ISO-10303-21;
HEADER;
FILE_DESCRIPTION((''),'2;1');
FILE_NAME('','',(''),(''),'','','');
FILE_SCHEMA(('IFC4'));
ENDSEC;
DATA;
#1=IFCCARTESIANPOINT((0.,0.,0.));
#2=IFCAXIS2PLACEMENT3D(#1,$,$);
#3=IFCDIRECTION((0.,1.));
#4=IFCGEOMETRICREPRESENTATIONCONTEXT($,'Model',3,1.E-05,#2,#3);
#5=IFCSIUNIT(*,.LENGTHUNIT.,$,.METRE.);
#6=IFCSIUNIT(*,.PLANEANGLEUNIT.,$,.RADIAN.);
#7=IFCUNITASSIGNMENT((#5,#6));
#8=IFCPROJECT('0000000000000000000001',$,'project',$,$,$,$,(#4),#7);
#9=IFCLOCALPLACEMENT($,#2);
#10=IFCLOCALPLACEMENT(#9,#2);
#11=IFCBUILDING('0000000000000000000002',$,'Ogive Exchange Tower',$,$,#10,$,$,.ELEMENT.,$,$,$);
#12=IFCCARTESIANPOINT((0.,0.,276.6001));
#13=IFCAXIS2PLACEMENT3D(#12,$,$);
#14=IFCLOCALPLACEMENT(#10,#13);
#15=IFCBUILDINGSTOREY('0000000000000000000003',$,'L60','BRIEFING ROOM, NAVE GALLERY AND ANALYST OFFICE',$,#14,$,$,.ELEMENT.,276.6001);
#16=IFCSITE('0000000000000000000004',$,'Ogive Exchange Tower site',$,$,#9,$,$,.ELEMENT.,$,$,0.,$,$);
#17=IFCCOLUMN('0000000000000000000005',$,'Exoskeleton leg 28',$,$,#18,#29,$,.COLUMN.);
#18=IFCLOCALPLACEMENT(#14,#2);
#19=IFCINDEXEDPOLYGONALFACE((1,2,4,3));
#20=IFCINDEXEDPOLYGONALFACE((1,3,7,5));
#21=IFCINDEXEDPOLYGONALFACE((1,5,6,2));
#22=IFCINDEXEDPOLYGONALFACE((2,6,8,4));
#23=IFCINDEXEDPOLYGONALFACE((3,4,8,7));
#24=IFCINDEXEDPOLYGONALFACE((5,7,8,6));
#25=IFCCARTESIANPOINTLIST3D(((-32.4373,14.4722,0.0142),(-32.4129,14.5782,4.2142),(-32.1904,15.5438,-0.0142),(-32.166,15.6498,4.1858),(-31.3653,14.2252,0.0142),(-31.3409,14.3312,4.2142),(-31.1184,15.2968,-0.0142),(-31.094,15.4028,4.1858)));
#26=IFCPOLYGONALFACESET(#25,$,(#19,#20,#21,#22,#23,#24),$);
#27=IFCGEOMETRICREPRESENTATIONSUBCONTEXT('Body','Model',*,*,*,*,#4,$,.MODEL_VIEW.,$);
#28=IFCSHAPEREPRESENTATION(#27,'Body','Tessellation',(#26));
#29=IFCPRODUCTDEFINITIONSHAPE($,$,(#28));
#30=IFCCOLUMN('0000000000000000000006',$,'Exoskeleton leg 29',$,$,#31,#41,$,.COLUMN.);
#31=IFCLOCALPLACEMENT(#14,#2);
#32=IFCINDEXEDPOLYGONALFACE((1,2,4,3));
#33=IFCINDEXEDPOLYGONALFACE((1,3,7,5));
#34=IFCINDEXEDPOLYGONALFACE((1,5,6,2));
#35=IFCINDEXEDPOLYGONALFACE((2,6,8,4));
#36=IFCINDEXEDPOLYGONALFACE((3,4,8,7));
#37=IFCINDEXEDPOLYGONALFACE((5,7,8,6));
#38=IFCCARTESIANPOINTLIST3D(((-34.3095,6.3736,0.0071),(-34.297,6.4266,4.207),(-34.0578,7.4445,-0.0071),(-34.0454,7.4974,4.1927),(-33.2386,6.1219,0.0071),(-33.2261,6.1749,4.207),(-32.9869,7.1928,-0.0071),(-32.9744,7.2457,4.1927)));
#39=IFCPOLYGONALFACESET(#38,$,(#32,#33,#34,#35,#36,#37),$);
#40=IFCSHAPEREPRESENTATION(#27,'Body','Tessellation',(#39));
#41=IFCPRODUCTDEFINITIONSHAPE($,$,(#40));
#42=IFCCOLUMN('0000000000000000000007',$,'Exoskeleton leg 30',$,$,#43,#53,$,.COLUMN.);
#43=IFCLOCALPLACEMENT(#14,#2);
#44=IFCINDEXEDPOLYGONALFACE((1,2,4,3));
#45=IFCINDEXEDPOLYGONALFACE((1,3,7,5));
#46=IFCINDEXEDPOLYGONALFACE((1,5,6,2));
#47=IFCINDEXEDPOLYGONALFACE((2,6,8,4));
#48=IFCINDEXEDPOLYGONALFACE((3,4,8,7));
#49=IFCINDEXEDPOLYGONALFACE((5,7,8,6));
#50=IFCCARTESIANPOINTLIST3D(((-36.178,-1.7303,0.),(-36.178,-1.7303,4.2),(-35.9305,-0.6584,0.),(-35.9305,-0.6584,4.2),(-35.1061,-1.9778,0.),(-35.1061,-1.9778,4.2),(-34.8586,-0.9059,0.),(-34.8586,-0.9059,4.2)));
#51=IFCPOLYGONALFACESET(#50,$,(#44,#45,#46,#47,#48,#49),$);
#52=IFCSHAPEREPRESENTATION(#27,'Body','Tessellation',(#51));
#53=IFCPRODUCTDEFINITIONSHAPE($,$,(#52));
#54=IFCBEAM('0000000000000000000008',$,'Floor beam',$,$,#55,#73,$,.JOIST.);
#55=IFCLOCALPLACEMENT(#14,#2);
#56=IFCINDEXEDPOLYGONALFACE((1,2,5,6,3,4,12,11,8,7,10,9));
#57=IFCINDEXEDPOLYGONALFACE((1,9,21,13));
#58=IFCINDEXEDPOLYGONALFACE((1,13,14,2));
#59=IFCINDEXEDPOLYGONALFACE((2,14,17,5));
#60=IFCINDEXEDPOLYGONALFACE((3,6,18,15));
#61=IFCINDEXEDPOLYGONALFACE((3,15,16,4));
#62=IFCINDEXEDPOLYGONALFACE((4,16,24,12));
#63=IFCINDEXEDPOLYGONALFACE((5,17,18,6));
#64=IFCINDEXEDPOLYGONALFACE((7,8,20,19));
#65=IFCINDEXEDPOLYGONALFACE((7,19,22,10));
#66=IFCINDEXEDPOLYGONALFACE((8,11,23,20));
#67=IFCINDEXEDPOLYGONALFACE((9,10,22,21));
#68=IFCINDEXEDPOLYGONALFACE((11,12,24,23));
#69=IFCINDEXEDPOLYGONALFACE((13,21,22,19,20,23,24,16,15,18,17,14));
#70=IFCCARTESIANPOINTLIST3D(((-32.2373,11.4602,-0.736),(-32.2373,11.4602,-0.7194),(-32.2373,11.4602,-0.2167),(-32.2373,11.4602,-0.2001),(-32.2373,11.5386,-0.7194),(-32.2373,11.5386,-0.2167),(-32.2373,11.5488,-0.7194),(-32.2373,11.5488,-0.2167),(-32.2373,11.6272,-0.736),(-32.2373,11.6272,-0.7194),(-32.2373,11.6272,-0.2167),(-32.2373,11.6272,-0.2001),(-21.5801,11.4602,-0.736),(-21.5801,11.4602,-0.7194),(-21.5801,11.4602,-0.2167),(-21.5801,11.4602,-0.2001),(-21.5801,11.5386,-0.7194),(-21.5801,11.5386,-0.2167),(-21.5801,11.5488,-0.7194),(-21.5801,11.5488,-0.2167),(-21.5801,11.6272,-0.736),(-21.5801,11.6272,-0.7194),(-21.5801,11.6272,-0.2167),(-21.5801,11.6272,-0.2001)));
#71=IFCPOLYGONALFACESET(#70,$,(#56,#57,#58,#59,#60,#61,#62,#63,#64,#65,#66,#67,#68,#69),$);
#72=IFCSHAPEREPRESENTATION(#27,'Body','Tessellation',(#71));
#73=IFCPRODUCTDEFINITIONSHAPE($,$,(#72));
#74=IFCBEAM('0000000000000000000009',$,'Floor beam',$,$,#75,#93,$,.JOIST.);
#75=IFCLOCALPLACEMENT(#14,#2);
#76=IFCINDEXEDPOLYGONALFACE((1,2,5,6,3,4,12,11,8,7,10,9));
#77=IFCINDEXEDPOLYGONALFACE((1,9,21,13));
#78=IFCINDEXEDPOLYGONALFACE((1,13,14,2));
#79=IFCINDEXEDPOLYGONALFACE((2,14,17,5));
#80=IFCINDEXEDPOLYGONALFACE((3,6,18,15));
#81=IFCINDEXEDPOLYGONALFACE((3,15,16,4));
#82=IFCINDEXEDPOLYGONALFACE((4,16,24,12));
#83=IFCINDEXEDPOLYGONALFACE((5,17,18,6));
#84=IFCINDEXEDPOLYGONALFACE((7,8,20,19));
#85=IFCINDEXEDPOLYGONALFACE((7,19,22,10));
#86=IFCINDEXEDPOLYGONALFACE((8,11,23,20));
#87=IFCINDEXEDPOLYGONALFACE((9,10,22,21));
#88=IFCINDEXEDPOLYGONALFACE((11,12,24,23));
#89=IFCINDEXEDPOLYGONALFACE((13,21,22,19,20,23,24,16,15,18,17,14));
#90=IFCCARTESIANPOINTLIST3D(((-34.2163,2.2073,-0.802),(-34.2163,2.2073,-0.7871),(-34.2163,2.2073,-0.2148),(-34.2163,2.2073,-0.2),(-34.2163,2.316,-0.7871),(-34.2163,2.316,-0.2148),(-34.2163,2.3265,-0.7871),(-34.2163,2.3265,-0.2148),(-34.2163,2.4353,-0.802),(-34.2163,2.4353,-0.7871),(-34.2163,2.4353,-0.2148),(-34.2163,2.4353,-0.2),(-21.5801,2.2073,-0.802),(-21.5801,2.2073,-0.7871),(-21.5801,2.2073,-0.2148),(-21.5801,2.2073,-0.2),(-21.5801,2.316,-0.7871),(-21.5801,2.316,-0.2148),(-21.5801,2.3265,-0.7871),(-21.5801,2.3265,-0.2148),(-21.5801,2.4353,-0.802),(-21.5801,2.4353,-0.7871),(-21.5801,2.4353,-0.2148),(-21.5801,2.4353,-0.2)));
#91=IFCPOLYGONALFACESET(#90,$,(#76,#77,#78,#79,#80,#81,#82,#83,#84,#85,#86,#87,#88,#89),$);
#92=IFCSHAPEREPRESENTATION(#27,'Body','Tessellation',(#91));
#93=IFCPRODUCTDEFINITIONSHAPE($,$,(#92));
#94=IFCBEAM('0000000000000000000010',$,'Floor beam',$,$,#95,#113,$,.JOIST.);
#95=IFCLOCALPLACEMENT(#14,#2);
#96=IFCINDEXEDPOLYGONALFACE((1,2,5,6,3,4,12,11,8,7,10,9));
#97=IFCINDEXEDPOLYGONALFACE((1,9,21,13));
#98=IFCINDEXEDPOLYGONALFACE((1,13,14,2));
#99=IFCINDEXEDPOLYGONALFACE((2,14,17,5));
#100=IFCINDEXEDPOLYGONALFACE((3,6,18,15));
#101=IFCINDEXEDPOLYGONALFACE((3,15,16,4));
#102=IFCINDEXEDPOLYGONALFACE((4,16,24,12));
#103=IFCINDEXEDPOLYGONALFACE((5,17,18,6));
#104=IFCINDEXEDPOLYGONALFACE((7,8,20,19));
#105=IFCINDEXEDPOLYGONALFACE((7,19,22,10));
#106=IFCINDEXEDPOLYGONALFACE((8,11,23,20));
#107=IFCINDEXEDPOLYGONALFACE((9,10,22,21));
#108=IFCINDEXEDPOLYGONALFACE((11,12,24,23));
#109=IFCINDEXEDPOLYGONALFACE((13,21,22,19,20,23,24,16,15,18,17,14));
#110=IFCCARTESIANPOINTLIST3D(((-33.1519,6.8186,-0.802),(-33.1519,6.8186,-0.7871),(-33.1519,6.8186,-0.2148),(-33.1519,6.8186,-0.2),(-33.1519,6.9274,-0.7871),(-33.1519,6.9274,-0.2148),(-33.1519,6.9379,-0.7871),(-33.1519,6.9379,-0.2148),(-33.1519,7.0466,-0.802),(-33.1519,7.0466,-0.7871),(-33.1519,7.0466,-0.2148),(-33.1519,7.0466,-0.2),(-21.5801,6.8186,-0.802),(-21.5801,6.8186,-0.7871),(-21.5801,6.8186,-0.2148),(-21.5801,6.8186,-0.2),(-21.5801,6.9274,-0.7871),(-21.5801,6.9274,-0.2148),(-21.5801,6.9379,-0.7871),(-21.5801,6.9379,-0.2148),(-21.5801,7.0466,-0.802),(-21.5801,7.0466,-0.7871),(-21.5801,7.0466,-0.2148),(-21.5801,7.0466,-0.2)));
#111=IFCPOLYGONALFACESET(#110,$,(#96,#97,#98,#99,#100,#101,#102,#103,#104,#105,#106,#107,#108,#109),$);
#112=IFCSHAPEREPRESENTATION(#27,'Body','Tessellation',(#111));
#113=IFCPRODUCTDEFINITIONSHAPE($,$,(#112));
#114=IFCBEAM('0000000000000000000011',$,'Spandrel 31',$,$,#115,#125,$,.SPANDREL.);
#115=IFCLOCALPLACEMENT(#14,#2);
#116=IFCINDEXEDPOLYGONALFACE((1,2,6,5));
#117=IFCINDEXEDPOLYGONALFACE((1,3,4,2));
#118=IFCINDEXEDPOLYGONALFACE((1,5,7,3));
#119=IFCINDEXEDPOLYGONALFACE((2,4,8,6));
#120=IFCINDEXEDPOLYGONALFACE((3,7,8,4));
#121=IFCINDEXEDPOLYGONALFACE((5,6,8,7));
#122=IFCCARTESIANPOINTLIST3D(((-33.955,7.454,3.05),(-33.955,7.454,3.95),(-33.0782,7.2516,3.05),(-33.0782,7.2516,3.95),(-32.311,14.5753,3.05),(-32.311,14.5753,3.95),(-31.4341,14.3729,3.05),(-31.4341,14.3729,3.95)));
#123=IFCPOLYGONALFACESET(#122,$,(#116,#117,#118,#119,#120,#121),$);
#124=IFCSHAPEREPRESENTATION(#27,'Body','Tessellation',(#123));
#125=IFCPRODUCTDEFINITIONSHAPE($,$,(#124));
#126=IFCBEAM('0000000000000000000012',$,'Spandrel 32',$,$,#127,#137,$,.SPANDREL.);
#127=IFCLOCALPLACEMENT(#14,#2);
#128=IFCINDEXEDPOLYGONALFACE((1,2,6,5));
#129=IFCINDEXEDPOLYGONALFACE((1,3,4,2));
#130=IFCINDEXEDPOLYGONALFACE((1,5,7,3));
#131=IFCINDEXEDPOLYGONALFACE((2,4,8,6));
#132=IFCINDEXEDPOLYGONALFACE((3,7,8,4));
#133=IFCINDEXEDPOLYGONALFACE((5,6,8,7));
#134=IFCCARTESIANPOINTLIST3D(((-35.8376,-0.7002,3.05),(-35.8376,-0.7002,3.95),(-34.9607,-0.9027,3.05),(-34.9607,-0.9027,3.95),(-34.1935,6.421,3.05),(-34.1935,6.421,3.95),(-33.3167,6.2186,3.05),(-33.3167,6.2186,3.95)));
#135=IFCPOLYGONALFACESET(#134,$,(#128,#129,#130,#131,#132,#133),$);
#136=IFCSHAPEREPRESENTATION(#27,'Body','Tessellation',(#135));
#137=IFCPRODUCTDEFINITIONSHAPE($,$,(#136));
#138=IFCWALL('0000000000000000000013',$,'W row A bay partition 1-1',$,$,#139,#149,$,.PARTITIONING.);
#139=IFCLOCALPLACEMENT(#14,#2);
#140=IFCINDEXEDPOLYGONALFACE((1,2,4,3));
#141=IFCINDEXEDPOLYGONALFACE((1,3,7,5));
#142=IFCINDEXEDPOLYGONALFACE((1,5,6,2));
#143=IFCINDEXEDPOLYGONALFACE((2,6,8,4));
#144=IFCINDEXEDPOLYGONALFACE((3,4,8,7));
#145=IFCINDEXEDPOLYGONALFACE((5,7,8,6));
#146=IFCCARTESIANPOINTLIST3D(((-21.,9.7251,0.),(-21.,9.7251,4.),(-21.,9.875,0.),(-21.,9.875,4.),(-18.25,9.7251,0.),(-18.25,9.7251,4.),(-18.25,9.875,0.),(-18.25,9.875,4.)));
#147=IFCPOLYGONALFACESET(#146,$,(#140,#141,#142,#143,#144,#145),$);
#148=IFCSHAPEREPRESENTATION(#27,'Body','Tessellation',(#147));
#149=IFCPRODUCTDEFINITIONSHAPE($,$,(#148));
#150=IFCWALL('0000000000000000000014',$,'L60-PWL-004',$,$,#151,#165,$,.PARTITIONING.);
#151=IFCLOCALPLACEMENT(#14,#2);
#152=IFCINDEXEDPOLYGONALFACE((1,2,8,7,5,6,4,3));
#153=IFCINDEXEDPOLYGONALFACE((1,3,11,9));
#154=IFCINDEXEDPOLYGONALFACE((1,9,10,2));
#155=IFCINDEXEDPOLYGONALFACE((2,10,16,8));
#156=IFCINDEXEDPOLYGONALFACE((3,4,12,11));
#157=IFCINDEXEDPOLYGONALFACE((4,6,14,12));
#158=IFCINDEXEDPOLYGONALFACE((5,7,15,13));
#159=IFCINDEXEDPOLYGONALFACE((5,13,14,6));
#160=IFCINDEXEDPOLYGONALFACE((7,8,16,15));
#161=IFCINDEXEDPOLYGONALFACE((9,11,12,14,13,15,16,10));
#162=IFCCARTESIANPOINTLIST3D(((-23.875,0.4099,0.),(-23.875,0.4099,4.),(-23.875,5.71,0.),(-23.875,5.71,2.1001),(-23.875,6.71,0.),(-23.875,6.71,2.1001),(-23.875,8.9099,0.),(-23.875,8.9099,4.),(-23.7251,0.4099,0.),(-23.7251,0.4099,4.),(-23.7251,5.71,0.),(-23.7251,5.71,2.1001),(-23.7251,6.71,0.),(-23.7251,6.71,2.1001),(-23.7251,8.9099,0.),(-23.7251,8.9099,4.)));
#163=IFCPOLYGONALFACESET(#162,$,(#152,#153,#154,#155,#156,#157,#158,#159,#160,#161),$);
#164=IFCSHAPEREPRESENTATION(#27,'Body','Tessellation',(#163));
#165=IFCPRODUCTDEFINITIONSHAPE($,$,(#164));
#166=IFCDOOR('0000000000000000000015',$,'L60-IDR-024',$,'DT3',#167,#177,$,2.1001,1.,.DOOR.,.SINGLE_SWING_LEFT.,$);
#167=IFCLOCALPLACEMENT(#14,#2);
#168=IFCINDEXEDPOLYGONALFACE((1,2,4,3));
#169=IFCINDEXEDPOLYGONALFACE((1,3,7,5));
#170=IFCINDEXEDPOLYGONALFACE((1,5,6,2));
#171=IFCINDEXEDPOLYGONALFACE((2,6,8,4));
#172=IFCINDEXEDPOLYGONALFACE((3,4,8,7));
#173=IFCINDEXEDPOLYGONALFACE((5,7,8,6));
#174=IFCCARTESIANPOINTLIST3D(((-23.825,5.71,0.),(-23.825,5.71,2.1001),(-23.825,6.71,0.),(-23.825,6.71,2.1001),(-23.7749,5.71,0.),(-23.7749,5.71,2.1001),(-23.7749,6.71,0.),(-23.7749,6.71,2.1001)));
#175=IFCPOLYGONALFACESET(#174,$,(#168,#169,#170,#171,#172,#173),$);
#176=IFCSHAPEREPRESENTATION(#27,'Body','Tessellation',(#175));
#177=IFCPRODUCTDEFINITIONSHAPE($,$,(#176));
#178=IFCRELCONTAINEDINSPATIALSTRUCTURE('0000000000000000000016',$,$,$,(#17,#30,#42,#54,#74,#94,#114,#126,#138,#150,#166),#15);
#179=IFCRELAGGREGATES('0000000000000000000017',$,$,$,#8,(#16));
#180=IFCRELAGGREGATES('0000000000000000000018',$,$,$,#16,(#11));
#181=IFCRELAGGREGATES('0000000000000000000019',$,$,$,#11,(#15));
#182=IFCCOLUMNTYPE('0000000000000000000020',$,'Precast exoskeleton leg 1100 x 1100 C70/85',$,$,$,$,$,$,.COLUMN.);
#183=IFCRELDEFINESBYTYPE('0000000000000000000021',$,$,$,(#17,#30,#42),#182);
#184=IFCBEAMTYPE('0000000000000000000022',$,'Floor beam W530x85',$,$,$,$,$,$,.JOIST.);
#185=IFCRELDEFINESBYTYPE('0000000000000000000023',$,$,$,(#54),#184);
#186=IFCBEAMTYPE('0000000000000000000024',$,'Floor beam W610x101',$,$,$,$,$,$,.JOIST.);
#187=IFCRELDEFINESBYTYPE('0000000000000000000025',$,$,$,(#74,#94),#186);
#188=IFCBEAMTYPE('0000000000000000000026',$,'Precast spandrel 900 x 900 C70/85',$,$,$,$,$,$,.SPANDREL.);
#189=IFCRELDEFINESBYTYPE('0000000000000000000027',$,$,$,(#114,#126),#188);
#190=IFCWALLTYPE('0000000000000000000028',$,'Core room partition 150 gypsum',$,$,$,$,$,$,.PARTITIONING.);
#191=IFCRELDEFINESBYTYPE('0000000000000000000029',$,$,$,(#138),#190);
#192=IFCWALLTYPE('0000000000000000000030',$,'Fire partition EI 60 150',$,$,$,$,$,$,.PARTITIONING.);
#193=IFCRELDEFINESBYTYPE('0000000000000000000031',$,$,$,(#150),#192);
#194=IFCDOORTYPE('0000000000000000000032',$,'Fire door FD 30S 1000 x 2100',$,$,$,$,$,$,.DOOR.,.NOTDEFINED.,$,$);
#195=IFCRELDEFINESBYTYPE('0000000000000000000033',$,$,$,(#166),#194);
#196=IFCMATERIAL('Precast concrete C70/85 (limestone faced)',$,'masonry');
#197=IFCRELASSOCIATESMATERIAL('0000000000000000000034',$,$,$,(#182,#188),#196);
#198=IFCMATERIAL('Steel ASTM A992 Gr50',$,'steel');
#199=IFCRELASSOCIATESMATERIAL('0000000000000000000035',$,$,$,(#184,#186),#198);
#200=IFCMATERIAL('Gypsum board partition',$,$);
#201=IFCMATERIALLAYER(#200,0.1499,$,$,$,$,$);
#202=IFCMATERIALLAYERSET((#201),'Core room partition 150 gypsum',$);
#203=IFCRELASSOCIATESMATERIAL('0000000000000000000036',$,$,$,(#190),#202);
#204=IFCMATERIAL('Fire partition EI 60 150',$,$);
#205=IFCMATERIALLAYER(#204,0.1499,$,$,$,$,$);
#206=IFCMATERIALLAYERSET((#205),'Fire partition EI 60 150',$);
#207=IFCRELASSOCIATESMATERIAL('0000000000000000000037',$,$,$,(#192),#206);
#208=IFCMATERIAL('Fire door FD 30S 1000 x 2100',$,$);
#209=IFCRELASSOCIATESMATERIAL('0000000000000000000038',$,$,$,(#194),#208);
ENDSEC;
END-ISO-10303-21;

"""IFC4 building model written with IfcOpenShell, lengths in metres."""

from ifc_helpers import new_model, si_unit, direction, frame, frame_2d, origin, origin_2d, place, context, subcontext, project, spatial, rectangle, i_section, extrude, material, layer, layer_set, material_profile, profile_set, type_object, element, fill, save


model = new_model("IFC4")

# Units and contexts
model_context = context("Model", 3, precision=1e-05, world=origin(), true_north=direction((0.0, 1.0)))
body_context = subcontext(model_context, "Body", "Model", "MODEL_VIEW")
ifc_project = project(units=[si_unit("LENGTHUNIT", "METRE"), si_unit("PLANEANGLEUNIT", "RADIAN")], contexts=[model_context])

# Site, building, storey
site_placement = place(None, origin())
site = spatial("IfcSite", under=ifc_project, at=site_placement, Name="Ogive Exchange Tower site", CompositionType="ELEMENT", RefElevation=0.0)
building_placement = place(site_placement, origin())
building = spatial("IfcBuilding", under=site, at=building_placement, Name="Ogive Exchange Tower", CompositionType="ELEMENT")
storey_placement = place(building_placement, frame((0.0, 0.0, 276.6001)))
storey = spatial("IfcBuildingStorey", under=building, at=storey_placement, Name="L60", Description="BRIEFING ROOM, NAVE GALLERY AND ANALYST OFFICE", CompositionType="ELEMENT", Elevation=276.6001)

# Columns
ifc_material_1 = material(Name="Precast concrete C70/85 (limestone faced)", Category="masonry")
ifc_material_profile_1 = material_profile(ifc_material_1, rectangle(XDim=1.1001, YDim=1.1001, at=origin_2d()), Name="1100 x 1100")
ifc_profile_set_1 = profile_set([ifc_material_profile_1], Name="Precast concrete C70/85 (limestone faced)")
column_type = type_object("IfcColumnType", Name="Precast exoskeleton leg 1100 x 1100 C70/85", PredefinedType="COLUMN", material=ifc_profile_set_1)
column_1_placement = place(storey_placement, frame((-31.7778, 14.8845, 0.0), z_axis=(0.005811, 0.02522, 0.999665), x_axis=(-0.974467, 0.224532, 0.0)))
element("IfcColumn", 1, at=column_1_placement, inside=storey, type_object=column_type, Name="Exoskeleton leg 28", PredefinedType="COLUMN", context=body_context, shape_type="SweptSolid", body=[
    extrude(rectangle(XDim=1.1001, YDim=1.1001, at=origin_2d()), origin(), (0.0, 0.0, 1.0), 4.2014),
])
column_2_placement = place(storey_placement, frame((-33.6482, 6.7832, 0.0), z_axis=(0.002964, 0.012613, 0.999916), x_axis=(-0.973476, 0.228789, 0.0)))
element("IfcColumn", 2, at=column_2_placement, inside=storey, type_object=column_type, Name="Exoskeleton leg 29", PredefinedType="COLUMN", context=body_context, shape_type="SweptSolid", body=[
    extrude(rectangle(XDim=1.1001, YDim=1.1001, at=origin_2d()), origin(), (0.0, 0.0, 1.0), 4.2002),
])
column_3_placement = place(storey_placement, frame((-35.5183, -1.3181, 0.0), z_axis=(0.0, 0.0, 1.0), x_axis=(0.97437, -0.224951, 0.0)))
element("IfcColumn", 3, at=column_3_placement, inside=storey, type_object=column_type, Name="Exoskeleton leg 30", PredefinedType="COLUMN", context=body_context, shape_type="SweptSolid", body=[
    extrude(rectangle(XDim=1.1001, YDim=1.1001, at=origin_2d()), origin(), (0.0, 0.0, 1.0), 4.2),
])

# Beams
ifc_material_2 = material(Name="Steel ASTM A992 Gr50", Category="steel")
ifc_material_profile_2 = material_profile(ifc_material_2, i_section(OverallWidth=0.167, OverallDepth=0.5359, WebThickness=0.0103, FlangeThickness=0.0166, at=origin_2d()), Name="W530x85")
ifc_profile_set_2 = profile_set([ifc_material_profile_2], Name="Steel ASTM A992 Gr50")
beam_type_1 = type_object("IfcBeamType", Name="Floor beam W530x85", PredefinedType="JOIST", material=ifc_profile_set_2)
beam_1_placement = place(storey_placement, frame((-32.2373, 11.5437, -0.468), z_axis=(1.0, 0.0, 0.0), x_axis=(0.0, 1.0, 0.0)))
element("IfcBeam", 4, at=beam_1_placement, inside=storey, type_object=beam_type_1, Name="Floor beam", PredefinedType="JOIST", context=body_context, shape_type="SweptSolid", body=[
    extrude(i_section(OverallWidth=0.167, OverallDepth=0.5359, WebThickness=0.0103, FlangeThickness=0.0166, at=origin_2d()), origin(), (0.0, 0.0, 1.0), 10.6572),
])
ifc_material_profile_3 = material_profile(ifc_material_2, i_section(OverallWidth=0.228, OverallDepth=0.6021, WebThickness=0.0105, FlangeThickness=0.0149, at=origin_2d()), Name="W610x101")
ifc_profile_set_3 = profile_set([ifc_material_profile_3], Name="Steel ASTM A992 Gr50")
beam_type_2 = type_object("IfcBeamType", Name="Floor beam W610x101", PredefinedType="JOIST", material=ifc_profile_set_3)
beam_2_placement = place(storey_placement, frame((-34.2163, 2.3213, -0.501), z_axis=(1.0, 0.0, 0.0), x_axis=(0.0, 1.0, 0.0)))
element("IfcBeam", 5, at=beam_2_placement, inside=storey, type_object=beam_type_2, Name="Floor beam", PredefinedType="JOIST", context=body_context, shape_type="SweptSolid", body=[
    extrude(i_section(OverallWidth=0.228, OverallDepth=0.6021, WebThickness=0.0105, FlangeThickness=0.0149, at=origin_2d()), origin(), (0.0, 0.0, 1.0), 12.6362),
])
beam_3_placement = place(storey_placement, frame((-33.1519, 6.9326, -0.501), z_axis=(1.0, 0.0, 0.0), x_axis=(0.0, 1.0, 0.0)))
element("IfcBeam", 6, at=beam_3_placement, inside=storey, type_object=beam_type_2, Name="Floor beam", PredefinedType="JOIST", context=body_context, shape_type="SweptSolid", body=[
    extrude(i_section(OverallWidth=0.228, OverallDepth=0.6021, WebThickness=0.0105, FlangeThickness=0.0149, at=origin_2d()), origin(), (0.0, 0.0, 1.0), 11.5718),
])
ifc_material_profile_4 = material_profile(ifc_material_1, rectangle(XDim=0.8999, YDim=0.8999, at=origin_2d()), Name="900 x 900")
ifc_profile_set_4 = profile_set([ifc_material_profile_4], Name="Precast concrete C70/85 (limestone faced)")
beam_type_3 = type_object("IfcBeamType", Name="Precast spandrel 900 x 900 C70/85", PredefinedType="SPANDREL", material=ifc_profile_set_4)
for number, where, z_axis, x_axis, name in (
    (7, (-31.8726, 14.4741, 3.5), (-0.224945, -0.974371, 0.0), (0.974371, -0.224945, 0.0), "Spandrel 31"),
    (8, (-33.7551, 6.3198, 3.5), (-0.224945, -0.974371, 0.0), (0.974371, -0.224945, 0.0), "Spandrel 32"),
):
    element("IfcBeam", number, at=place(storey_placement, frame(where, z_axis=z_axis, x_axis=x_axis)), inside=storey, type_object=beam_type_3, Name=name, PredefinedType="SPANDREL", context=body_context, shape_type="SweptSolid", body=[
        extrude(rectangle(XDim=0.8999, YDim=0.8999, at=origin_2d()), origin(), (0.0, 0.0, 1.0), 7.3086),
    ])

# Wall
ifc_material_3 = material(Name="Gypsum board partition")
ifc_layer_1 = layer(ifc_material_3, 0.1499)
ifc_layer_set_1 = layer_set([ifc_layer_1], Name="Core room partition 150 gypsum")
wall_type_1 = type_object("IfcWallType", Name="Core room partition 150 gypsum", PredefinedType="PARTITIONING", material=ifc_layer_set_1)
wall_1_placement = place(storey_placement, frame((-21.0, 9.8, 0.0), z_axis=(0.0, 0.0, 1.0), x_axis=(1.0, 0.0, 0.0)))
element("IfcWall", 9, at=wall_1_placement, inside=storey, type_object=wall_type_1, Name="W row A bay partition 1-1", PredefinedType="PARTITIONING", context=body_context, shape_type="SweptSolid", body=[
    extrude(rectangle(XDim=2.75, YDim=0.1499, at=frame_2d((1.375, 0.0))), origin(), (0.0, 0.0, 1.0), 4.0),
])

# Wall, opening, door
ifc_material_4 = material(Name="Fire partition EI 60 150")
ifc_layer_2 = layer(ifc_material_4, 0.1499)
ifc_layer_set_2 = layer_set([ifc_layer_2], Name="Fire partition EI 60 150")
wall_type_2 = type_object("IfcWallType", Name="Fire partition EI 60 150", PredefinedType="PARTITIONING", material=ifc_layer_set_2)
wall_2_placement = place(storey_placement, frame((-23.8, 0.4099, 0.0), z_axis=(0.0, 0.0, 1.0), x_axis=(0.0, 1.0, 0.0)))
wall_2 = element("IfcWall", 10, at=wall_2_placement, inside=storey, type_object=wall_type_2, Name="L60-PWL-004", PredefinedType="PARTITIONING", context=body_context, shape_type="SweptSolid", body=[
    extrude(rectangle(XDim=8.5, YDim=0.1499, at=frame_2d((4.25, 0.0))), origin(), (0.0, 0.0, 1.0), 4.0),
])
opening_1_placement = place(wall_2_placement, frame((5.3, 0.0, 0.0)))
opening_1 = element("IfcOpeningElement", 11, at=opening_1_placement, cuts=wall_2, PredefinedType="OPENING", context=body_context, shape_type="SweptSolid", body=[
    extrude(rectangle(XDim=1.0, YDim=2.1001, at=frame_2d((0.5, 1.05))), frame((0.0, 0.085, 0.0), z_axis=(0.0, -1.0, 0.0), x_axis=(1.0, 0.0, 0.0)), (0.0, 0.0, 1.0), 0.1699),
])
ifc_material_5 = material(Name="Fire door FD 30S 1000 x 2100")
door_type = type_object("IfcDoorType", Name="Fire door FD 30S 1000 x 2100", OperationType="NOTDEFINED", PredefinedType="DOOR", material=ifc_material_5)
door_1_placement = place(opening_1_placement, origin())
door_1 = element("IfcDoor", 12, at=door_1_placement, inside=storey, type_object=door_type, Name="L60-IDR-024", ObjectType="DT3", OperationType="SINGLE_SWING_LEFT", OverallHeight=2.1001, OverallWidth=1.0, PredefinedType="DOOR", context=body_context, shape_type="SweptSolid", body=[
    extrude(rectangle(XDim=1.0, YDim=2.1001, at=frame_2d((0.5, 1.05))), frame((0.0, 0.0249, 0.0), z_axis=(0.0, -1.0, 0.0), x_axis=(1.0, 0.0, 0.0)), (0.0, 0.0, 1.0), 0.05),
])
fill(opening_1, door_1)

save(model, "model.ifc")
